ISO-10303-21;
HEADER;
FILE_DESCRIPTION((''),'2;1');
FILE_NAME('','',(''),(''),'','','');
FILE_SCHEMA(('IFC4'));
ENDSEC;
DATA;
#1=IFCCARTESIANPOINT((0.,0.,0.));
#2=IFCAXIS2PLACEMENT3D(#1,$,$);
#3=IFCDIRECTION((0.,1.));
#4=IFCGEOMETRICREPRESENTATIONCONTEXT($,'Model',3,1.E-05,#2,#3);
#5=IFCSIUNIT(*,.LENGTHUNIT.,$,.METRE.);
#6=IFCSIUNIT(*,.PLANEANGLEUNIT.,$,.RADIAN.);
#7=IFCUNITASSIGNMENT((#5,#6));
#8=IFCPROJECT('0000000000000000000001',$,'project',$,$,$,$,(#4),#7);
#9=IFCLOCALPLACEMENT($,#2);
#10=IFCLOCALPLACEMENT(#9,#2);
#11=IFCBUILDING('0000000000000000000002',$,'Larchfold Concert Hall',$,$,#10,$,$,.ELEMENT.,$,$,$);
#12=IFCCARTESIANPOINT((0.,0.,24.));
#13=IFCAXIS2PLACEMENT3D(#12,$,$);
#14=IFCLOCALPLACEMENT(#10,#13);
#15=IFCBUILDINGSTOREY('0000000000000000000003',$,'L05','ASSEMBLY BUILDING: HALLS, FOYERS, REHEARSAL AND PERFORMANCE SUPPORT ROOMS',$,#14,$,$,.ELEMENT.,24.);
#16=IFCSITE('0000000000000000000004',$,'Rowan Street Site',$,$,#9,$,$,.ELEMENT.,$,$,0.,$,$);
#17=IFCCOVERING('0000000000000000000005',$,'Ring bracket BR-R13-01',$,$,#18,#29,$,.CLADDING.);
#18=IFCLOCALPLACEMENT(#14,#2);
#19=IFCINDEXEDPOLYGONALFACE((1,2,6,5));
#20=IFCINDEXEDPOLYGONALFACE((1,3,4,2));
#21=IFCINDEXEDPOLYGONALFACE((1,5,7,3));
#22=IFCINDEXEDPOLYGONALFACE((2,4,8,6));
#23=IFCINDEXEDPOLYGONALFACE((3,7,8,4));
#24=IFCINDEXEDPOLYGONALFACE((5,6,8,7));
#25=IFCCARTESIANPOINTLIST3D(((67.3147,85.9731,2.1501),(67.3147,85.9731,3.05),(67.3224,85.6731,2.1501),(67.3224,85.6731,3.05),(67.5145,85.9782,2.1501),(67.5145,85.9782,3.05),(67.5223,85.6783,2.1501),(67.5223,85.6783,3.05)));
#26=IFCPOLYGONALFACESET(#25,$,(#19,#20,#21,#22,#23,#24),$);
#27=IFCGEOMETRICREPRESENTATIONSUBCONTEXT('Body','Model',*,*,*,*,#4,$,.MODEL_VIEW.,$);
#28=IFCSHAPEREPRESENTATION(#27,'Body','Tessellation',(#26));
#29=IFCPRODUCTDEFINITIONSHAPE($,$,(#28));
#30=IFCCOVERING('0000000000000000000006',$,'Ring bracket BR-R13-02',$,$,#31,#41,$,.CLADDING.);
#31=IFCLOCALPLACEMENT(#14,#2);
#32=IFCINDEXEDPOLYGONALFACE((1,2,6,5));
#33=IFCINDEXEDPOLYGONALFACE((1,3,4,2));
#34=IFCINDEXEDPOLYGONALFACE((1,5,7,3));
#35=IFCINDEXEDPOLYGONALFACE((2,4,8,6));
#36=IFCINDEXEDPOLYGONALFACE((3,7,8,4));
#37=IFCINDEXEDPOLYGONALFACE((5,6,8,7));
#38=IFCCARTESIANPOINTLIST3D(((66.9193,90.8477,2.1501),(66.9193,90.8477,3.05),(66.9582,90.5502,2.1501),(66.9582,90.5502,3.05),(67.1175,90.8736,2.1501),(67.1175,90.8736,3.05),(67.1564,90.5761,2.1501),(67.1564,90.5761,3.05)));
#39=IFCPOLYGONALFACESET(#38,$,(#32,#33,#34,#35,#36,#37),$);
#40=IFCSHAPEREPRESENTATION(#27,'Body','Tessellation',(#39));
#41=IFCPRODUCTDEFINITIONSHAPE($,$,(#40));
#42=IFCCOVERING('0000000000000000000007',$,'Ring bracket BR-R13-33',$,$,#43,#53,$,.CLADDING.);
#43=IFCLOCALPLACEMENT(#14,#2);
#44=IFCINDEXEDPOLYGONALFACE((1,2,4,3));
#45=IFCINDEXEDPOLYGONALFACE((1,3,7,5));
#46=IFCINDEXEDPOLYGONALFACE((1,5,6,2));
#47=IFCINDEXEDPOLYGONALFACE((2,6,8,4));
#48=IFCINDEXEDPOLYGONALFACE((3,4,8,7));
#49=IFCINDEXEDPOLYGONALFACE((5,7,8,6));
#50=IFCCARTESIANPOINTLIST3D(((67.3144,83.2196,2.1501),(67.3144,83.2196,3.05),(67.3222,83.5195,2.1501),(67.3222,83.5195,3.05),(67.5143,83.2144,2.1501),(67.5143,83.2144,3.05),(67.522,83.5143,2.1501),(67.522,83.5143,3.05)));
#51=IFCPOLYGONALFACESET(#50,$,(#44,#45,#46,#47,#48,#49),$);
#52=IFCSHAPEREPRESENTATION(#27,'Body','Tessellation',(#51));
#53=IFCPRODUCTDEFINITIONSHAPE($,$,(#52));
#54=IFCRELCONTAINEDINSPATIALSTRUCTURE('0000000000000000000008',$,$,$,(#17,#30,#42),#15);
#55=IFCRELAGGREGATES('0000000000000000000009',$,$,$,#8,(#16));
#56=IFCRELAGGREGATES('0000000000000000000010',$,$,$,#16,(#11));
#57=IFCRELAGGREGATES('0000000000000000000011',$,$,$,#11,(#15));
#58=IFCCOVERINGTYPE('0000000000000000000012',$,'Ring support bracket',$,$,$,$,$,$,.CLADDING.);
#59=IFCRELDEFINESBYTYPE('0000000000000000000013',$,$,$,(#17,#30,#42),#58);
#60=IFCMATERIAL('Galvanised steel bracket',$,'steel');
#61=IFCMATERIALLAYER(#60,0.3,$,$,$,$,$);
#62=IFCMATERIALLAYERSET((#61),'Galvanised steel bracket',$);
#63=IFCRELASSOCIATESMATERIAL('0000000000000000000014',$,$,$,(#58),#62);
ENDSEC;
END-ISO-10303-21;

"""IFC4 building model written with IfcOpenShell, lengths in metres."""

from ifc_helpers import new_model, si_unit, direction, frame, origin, origin_2d, place, context, subcontext, project, spatial, rectangle, extrude, material, layer, layer_set, type_object, element, save


model = new_model("IFC4")

# Units and contexts
model_context = context("Model", 3, precision=1e-05, world=origin(), true_north=direction((0.0, 1.0)))
body_context = subcontext(model_context, "Body", "Model", "MODEL_VIEW")
ifc_project = project(units=[si_unit("LENGTHUNIT", "METRE"), si_unit("PLANEANGLEUNIT", "RADIAN")], contexts=[model_context])

# Site, building, storey
site_placement = place(None, origin())
site = spatial("IfcSite", under=ifc_project, at=site_placement, Name="Rowan Street Site", CompositionType="ELEMENT", RefElevation=0.0)
building_placement = place(site_placement, origin())
building = spatial("IfcBuilding", under=site, at=building_placement, Name="Larchfold Concert Hall", CompositionType="ELEMENT")
storey_placement = place(building_placement, frame((0.0, 0.0, 24.0)))
storey = spatial("IfcBuildingStorey", under=building, at=storey_placement, Name="L05", Description="ASSEMBLY BUILDING: HALLS, FOYERS, REHEARSAL AND PERFORMANCE SUPPORT ROOMS", CompositionType="ELEMENT", Elevation=24.0)

# Coverings
ifc_material_1 = material(Name="Galvanised steel bracket", Category="steel")
ifc_layer_1 = layer(ifc_material_1, 0.3)
ifc_layer_set_1 = layer_set([ifc_layer_1], Name="Galvanised steel bracket")
covering_type = type_object("IfcCoveringType", Name="Ring support bracket", PredefinedType="CLADDING", material=ifc_layer_set_1)
for number, where, z_axis, x_axis, name in (
    (1, (67.4185, 85.8257, 2.1501), (0.0, 0.0, 1.0), (0.999669, 0.025743, 0.0), "Ring bracket BR-R13-01"),
    (2, (67.0378, 90.7119, 2.1501), (0.0, 0.0, 1.0), (0.991554, 0.129693, 0.0), "Ring bracket BR-R13-02"),
    (3, (67.4182, 83.3669, 2.1501), (0.0, 0.0, 1.0), (0.999665, -0.025882, 0.0), "Ring bracket BR-R13-33"),
):
    element("IfcCovering", number, at=place(storey_placement, frame(where, z_axis=z_axis, x_axis=x_axis)), inside=storey, type_object=covering_type, Name=name, PredefinedType="CLADDING", context=body_context, shape_type="SweptSolid", body=[
        extrude(rectangle(XDim=0.2, YDim=0.3, at=origin_2d()), origin(), (0.0, 0.0, 1.0), 0.8999),
    ])

save(model, "model.ifc")
